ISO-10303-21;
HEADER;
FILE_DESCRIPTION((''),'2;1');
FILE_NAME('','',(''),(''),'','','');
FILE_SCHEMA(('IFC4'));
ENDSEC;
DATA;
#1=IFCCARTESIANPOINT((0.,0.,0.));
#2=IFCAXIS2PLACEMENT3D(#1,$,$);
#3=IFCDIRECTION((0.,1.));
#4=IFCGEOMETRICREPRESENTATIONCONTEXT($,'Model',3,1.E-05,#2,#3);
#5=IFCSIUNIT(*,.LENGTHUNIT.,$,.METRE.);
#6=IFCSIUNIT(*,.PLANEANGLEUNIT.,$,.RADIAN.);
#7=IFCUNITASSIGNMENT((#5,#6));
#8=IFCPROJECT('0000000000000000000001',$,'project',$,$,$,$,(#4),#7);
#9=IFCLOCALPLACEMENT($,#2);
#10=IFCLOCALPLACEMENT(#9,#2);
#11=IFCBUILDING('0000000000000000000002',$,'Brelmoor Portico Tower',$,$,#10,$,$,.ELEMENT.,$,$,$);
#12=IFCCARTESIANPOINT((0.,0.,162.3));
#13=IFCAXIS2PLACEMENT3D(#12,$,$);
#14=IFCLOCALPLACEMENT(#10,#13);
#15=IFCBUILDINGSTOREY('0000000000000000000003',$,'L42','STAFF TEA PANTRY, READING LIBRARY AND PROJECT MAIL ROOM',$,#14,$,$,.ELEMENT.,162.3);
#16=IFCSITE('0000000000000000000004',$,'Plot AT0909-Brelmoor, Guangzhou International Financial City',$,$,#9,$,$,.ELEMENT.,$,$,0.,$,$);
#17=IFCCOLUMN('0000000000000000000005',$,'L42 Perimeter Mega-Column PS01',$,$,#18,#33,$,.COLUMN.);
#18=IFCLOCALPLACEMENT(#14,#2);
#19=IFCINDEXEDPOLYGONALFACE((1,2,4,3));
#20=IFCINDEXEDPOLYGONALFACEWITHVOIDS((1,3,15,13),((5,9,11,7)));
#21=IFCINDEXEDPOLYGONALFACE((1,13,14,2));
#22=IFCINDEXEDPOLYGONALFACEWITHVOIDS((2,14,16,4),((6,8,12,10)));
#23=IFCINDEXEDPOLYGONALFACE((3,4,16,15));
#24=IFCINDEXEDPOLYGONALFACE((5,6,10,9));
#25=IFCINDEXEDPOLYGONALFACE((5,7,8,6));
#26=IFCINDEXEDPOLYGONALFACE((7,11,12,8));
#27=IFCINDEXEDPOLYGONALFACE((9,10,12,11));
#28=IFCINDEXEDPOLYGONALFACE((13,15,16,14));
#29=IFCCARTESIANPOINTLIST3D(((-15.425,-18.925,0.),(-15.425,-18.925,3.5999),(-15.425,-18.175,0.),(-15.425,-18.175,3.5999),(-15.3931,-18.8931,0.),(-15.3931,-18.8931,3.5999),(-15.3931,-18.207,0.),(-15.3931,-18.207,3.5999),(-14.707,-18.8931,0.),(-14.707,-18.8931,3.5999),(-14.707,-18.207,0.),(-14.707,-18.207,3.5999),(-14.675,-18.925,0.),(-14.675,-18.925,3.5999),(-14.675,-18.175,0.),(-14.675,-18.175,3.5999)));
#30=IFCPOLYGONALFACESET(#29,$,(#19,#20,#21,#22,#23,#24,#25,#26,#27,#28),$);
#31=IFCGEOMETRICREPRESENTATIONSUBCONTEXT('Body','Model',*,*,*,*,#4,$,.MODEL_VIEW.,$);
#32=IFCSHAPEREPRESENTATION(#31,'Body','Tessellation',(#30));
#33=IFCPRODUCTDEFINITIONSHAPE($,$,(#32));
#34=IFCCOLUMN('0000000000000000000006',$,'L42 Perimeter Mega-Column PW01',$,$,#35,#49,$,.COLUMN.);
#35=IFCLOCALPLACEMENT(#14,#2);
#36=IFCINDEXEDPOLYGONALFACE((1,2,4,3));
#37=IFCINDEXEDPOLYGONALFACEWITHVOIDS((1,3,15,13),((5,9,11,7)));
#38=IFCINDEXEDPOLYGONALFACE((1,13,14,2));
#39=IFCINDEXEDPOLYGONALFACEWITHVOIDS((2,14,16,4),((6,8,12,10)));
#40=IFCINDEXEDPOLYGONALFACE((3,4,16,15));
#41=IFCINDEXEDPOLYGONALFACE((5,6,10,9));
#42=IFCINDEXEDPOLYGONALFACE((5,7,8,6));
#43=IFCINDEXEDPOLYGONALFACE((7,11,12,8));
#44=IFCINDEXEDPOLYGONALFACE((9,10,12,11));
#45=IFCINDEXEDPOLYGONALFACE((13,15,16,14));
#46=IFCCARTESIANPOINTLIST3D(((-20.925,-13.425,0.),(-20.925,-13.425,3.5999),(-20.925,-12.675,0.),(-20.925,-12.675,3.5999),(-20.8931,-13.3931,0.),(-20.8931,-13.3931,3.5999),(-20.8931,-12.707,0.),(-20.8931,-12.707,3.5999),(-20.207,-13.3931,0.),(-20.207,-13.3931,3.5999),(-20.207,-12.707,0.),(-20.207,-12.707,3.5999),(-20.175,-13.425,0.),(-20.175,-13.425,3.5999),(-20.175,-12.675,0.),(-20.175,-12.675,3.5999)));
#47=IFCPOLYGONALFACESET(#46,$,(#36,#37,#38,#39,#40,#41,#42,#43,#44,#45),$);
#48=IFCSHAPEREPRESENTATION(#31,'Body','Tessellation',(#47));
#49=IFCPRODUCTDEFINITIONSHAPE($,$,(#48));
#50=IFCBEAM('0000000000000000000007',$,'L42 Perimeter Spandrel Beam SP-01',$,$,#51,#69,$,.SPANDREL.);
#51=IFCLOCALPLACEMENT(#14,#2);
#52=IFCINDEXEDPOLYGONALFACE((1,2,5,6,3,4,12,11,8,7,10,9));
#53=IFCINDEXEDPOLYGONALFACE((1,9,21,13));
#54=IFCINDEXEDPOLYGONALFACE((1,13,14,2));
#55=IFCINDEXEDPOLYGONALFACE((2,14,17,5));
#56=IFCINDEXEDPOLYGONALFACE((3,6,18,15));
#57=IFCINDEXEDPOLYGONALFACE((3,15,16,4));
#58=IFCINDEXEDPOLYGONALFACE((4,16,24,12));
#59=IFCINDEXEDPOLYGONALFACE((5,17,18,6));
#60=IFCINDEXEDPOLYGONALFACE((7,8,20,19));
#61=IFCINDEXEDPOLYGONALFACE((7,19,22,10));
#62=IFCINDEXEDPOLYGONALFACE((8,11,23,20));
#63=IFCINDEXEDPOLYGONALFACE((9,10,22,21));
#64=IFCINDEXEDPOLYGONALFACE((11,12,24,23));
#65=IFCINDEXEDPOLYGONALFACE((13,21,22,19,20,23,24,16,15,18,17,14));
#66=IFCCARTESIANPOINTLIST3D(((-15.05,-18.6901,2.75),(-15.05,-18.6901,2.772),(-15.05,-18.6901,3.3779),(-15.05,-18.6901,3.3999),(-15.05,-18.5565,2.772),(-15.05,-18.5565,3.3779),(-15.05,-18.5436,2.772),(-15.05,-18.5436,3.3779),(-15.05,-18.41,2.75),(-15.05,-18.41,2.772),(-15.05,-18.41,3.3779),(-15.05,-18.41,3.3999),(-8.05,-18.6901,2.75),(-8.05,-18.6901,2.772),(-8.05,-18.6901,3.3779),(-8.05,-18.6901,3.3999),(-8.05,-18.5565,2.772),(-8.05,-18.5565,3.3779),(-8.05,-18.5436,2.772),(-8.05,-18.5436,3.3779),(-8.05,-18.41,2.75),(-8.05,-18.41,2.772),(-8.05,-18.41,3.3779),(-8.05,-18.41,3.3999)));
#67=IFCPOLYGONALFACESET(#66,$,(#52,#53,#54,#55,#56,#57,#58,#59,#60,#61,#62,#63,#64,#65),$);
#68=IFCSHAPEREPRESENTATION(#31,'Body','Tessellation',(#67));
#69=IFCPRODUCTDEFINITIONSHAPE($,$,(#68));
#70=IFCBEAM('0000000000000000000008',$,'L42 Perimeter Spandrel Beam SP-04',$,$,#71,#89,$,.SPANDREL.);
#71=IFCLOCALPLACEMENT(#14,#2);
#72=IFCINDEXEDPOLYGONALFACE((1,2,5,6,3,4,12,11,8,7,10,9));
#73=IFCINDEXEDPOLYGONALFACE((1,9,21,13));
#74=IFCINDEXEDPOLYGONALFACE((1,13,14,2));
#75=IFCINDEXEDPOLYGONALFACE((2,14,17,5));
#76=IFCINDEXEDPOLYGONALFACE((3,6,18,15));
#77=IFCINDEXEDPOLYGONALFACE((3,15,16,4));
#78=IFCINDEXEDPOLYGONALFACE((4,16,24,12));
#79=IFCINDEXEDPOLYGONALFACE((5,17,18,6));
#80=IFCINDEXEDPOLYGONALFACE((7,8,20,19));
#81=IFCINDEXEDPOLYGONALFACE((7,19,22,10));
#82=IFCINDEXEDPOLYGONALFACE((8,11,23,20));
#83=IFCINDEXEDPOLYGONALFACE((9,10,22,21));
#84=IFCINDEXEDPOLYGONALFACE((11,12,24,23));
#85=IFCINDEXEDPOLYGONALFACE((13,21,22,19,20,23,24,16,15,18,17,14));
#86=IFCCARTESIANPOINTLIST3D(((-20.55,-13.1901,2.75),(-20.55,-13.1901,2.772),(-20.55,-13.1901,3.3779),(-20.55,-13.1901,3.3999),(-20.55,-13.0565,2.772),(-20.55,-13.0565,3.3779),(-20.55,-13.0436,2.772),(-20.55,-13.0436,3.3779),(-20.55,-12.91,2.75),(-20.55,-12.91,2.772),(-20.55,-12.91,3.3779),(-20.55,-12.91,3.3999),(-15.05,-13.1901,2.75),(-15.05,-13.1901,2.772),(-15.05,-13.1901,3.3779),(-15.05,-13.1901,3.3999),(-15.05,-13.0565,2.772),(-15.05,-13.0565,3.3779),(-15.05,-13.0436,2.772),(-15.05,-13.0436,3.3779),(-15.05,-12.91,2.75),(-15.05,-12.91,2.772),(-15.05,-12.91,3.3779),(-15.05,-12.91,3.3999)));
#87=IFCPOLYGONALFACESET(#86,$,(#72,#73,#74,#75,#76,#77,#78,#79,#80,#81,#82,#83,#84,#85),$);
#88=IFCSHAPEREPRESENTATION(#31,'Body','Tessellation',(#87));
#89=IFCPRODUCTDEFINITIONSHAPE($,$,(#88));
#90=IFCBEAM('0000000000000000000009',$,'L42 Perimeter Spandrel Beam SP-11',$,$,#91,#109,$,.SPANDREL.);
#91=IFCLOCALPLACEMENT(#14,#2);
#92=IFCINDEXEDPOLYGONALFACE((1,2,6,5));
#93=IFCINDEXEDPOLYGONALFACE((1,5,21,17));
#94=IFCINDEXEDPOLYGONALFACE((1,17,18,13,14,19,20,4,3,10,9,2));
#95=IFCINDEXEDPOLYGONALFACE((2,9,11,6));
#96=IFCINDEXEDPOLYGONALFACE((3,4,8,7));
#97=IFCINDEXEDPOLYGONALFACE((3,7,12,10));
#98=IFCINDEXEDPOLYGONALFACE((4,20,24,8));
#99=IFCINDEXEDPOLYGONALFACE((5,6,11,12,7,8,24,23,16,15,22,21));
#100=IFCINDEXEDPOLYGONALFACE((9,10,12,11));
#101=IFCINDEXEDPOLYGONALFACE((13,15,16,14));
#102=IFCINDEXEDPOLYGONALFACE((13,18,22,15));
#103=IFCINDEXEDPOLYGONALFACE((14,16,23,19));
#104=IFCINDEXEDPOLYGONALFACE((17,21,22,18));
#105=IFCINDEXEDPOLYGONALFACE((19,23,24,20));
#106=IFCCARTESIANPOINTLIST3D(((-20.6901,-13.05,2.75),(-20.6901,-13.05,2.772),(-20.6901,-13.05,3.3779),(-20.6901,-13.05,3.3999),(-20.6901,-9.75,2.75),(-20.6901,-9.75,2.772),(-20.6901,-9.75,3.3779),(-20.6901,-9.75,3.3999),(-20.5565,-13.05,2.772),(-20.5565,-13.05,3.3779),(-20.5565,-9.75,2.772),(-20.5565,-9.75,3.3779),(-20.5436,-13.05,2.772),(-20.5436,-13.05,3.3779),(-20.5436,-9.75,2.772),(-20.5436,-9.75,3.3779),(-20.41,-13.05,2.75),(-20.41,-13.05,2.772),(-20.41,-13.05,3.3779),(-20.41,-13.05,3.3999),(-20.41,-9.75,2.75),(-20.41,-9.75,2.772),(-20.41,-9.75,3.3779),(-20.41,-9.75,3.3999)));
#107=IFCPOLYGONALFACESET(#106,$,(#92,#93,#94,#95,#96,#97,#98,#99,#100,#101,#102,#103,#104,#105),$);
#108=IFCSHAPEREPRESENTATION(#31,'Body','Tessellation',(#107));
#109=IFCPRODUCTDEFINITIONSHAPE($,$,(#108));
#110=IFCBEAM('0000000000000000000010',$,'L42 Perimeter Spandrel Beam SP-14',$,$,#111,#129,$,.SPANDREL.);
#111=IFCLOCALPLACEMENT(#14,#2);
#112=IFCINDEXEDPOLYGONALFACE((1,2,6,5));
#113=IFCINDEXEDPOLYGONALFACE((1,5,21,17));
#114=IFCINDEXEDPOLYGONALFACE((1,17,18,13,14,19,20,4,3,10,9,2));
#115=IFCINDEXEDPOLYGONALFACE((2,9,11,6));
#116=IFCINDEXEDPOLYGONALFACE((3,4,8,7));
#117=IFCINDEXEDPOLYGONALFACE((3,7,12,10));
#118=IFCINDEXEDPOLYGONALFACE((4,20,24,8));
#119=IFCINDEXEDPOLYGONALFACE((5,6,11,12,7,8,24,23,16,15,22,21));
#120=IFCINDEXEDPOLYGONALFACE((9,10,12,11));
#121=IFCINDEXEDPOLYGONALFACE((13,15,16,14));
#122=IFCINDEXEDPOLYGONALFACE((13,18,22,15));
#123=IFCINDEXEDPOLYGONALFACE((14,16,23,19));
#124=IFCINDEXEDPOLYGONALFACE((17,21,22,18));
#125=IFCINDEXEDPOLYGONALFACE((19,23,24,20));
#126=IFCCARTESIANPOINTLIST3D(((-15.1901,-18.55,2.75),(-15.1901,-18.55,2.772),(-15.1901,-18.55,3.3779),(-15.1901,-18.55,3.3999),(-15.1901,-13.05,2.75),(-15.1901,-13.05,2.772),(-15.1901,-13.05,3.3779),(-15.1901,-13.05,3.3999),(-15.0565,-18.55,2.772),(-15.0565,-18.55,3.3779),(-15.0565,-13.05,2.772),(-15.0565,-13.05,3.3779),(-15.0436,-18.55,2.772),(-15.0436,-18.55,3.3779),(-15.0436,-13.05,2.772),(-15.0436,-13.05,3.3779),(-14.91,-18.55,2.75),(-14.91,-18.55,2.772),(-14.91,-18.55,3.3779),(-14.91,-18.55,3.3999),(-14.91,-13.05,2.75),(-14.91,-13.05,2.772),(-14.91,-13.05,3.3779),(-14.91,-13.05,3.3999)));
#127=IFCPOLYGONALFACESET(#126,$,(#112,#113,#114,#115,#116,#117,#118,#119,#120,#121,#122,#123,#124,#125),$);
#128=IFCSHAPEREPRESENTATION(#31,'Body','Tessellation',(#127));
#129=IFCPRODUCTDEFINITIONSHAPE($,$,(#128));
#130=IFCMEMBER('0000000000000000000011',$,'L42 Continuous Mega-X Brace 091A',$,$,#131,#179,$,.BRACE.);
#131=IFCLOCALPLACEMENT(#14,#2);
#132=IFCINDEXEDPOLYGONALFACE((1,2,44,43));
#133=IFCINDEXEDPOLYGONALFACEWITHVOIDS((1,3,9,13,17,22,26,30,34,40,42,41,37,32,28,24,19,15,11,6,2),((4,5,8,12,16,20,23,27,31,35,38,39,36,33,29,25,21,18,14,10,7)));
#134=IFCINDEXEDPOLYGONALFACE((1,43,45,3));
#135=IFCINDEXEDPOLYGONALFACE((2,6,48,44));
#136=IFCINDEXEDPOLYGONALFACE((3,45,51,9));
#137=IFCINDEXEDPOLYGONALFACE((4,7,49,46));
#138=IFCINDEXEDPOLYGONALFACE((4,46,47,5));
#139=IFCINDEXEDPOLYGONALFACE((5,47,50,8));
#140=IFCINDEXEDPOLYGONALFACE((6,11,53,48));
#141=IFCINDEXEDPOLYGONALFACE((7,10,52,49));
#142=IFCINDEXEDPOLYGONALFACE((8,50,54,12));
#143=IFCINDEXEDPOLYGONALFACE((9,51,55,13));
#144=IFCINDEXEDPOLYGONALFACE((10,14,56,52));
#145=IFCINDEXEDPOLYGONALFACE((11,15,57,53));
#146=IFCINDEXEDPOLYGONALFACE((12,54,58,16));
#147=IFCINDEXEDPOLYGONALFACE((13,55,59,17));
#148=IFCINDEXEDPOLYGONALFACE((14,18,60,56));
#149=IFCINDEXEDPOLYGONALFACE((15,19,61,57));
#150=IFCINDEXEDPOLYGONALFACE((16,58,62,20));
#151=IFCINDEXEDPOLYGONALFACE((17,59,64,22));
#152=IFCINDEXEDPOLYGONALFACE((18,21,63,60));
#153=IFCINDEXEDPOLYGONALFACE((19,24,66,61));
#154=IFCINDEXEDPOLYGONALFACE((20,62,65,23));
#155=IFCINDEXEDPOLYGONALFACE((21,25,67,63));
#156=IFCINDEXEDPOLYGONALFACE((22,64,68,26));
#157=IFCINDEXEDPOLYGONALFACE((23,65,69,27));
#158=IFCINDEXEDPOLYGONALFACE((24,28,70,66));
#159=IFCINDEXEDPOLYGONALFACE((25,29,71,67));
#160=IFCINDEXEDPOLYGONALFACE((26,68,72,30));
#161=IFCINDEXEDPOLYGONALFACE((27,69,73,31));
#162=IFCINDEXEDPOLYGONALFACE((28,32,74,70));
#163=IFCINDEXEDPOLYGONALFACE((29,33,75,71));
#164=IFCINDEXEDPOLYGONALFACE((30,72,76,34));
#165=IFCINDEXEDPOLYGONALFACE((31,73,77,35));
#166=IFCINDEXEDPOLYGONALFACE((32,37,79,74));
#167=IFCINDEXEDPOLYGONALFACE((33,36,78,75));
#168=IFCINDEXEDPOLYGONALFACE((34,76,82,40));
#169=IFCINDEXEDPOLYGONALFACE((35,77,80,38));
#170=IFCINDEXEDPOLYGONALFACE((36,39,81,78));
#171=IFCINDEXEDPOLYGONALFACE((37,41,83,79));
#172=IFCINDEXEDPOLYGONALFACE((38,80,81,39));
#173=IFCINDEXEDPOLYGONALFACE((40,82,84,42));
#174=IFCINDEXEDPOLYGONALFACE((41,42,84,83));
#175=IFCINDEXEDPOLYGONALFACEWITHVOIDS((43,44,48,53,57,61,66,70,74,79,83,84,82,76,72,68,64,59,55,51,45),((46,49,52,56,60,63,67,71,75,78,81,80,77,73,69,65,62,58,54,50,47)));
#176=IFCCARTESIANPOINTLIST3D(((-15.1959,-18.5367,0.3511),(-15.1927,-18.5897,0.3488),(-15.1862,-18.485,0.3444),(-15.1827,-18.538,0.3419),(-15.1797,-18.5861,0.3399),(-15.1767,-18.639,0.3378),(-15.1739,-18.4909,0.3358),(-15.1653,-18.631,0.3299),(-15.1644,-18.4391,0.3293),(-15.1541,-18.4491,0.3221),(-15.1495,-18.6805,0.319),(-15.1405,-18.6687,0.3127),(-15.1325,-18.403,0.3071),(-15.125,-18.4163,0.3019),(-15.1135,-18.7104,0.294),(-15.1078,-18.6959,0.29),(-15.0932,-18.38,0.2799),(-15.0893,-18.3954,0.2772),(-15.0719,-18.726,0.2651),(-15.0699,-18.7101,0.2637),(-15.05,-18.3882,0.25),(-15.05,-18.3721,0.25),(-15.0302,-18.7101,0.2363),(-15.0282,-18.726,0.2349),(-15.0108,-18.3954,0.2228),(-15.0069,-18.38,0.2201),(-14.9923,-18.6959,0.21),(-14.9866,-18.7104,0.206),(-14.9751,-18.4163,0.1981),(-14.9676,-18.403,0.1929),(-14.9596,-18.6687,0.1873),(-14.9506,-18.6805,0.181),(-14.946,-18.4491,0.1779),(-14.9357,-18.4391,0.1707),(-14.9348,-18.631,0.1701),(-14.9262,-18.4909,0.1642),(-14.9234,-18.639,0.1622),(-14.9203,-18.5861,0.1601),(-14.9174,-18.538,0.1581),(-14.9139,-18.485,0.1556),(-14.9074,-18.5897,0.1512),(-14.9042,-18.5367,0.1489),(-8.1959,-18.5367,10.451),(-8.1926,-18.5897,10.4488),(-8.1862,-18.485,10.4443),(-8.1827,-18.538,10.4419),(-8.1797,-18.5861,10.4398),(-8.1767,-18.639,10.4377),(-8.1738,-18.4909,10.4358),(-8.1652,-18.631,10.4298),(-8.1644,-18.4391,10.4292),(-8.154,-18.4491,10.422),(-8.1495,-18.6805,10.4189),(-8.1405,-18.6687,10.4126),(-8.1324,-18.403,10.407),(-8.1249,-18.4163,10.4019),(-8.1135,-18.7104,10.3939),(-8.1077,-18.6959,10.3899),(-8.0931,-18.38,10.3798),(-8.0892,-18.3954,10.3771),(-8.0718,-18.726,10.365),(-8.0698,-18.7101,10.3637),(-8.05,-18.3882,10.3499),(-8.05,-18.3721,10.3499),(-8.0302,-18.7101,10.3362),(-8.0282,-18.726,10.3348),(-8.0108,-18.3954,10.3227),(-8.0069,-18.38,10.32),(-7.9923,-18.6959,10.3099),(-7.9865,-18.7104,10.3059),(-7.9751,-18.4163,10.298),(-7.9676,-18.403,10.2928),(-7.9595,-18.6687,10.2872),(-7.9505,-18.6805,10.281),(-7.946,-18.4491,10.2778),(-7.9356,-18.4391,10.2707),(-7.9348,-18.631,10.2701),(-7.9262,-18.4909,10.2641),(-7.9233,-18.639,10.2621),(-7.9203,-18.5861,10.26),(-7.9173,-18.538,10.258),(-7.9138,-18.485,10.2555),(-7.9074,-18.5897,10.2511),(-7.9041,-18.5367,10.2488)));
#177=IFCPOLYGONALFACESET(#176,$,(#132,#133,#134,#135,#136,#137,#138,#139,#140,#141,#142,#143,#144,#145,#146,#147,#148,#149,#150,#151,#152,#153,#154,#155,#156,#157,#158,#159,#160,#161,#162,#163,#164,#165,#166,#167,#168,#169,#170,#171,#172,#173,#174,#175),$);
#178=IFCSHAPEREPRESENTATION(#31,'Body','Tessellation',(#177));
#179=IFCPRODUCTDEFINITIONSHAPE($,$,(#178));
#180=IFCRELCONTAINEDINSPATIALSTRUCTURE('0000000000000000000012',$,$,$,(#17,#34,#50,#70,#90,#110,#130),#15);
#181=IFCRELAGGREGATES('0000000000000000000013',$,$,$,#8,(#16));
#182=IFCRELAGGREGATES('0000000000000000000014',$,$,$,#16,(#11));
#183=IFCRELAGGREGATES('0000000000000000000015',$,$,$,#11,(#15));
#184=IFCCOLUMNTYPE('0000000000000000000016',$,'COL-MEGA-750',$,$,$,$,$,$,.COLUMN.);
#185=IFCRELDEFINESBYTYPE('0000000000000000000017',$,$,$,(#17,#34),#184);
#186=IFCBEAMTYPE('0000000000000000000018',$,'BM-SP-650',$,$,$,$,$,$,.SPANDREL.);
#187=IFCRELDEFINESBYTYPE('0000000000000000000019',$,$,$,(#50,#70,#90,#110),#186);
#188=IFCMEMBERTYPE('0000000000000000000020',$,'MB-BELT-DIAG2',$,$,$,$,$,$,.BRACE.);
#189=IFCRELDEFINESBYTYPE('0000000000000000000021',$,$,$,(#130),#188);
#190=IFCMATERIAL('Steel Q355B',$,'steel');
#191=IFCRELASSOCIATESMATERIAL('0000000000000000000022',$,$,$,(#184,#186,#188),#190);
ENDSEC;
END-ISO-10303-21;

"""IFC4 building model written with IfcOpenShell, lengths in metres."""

from ifc_helpers import new_model, si_unit, direction, frame, origin, origin_2d, place, context, subcontext, project, spatial, hollow_rectangle, hollow_circle, i_section, extrude, material, material_profile, profile_set, type_object, element, save


model = new_model("IFC4")

# Units and contexts
model_context = context("Model", 3, precision=1e-05, world=origin(), true_north=direction((0.0, 1.0)))
body_context = subcontext(model_context, "Body", "Model", "MODEL_VIEW")
ifc_project = project(units=[si_unit("LENGTHUNIT", "METRE"), si_unit("PLANEANGLEUNIT", "RADIAN")], contexts=[model_context])

# Site, building, storey
site_placement = place(None, origin())
site = spatial("IfcSite", under=ifc_project, at=site_placement, Name="Plot AT0909-Brelmoor, Guangzhou International Financial City", CompositionType="ELEMENT", RefElevation=0.0)
building_placement = place(site_placement, origin())
building = spatial("IfcBuilding", under=site, at=building_placement, Name="Brelmoor Portico Tower", CompositionType="ELEMENT")
storey_placement = place(building_placement, frame((0.0, 0.0, 162.3)))
storey = spatial("IfcBuildingStorey", under=building, at=storey_placement, Name="L42", Description="STAFF TEA PANTRY, READING LIBRARY AND PROJECT MAIL ROOM", CompositionType="ELEMENT", Elevation=162.3)

# Columns
ifc_material_1 = material(Name="Steel Q355B", Category="steel")
ifc_material_profile_1 = material_profile(ifc_material_1, hollow_rectangle(XDim=0.75, YDim=0.75, WallThickness=0.032, at=origin_2d()), Name="BOX 750x750x32")
ifc_profile_set_1 = profile_set([ifc_material_profile_1], Name="Steel Q355B")
column_type = type_object("IfcColumnType", Name="COL-MEGA-750", PredefinedType="COLUMN", material=ifc_profile_set_1)
for number, where, z_axis, x_axis, name in (
    (1, (-15.05, -18.55, 0.0), (0.0, 0.0, 1.0), (1.0, 0.0, 0.0), "L42 Perimeter Mega-Column PS01"),
    (2, (-20.55, -13.05, 0.0), (0.0, 0.0, 1.0), (0.0, 1.0, 0.0), "L42 Perimeter Mega-Column PW01"),
):
    element("IfcColumn", number, at=place(storey_placement, frame(where, z_axis=z_axis, x_axis=x_axis)), inside=storey, type_object=column_type, Name=name, PredefinedType="COLUMN", context=body_context, shape_type="SweptSolid", body=[
        extrude(hollow_rectangle(XDim=0.75, YDim=0.75, WallThickness=0.032, at=origin_2d()), origin(), (0.0, 0.0, 1.0), 3.5999),
    ])

# Beams
ifc_material_profile_2 = material_profile(ifc_material_1, i_section(OverallWidth=0.28, OverallDepth=0.6499, WebThickness=0.0129, FlangeThickness=0.022, at=origin_2d()), Name="HN 650x280x13x22")
ifc_profile_set_2 = profile_set([ifc_material_profile_2], Name="Steel Q355B")
beam_type = type_object("IfcBeamType", Name="BM-SP-650", PredefinedType="SPANDREL", material=ifc_profile_set_2)
beam_1_placement = place(storey_placement, frame((-15.05, -18.55, 3.075), z_axis=(1.0, 0.0, 0.0), x_axis=(0.0, 1.0, 0.0)))
element("IfcBeam", 3, at=beam_1_placement, inside=storey, type_object=beam_type, Name="L42 Perimeter Spandrel Beam SP-01", PredefinedType="SPANDREL", context=body_context, shape_type="SweptSolid", body=[
    extrude(i_section(OverallWidth=0.28, OverallDepth=0.6499, WebThickness=0.0129, FlangeThickness=0.022, at=origin_2d()), origin(), (0.0, 0.0, 1.0), 7.0),
])
beam_2_placement = place(storey_placement, frame((-20.55, -13.05, 3.075), z_axis=(1.0, 0.0, 0.0), x_axis=(0.0, 1.0, 0.0)))
element("IfcBeam", 4, at=beam_2_placement, inside=storey, type_object=beam_type, Name="L42 Perimeter Spandrel Beam SP-04", PredefinedType="SPANDREL", context=body_context, shape_type="SweptSolid", body=[
    extrude(i_section(OverallWidth=0.28, OverallDepth=0.6499, WebThickness=0.0129, FlangeThickness=0.022, at=origin_2d()), origin(), (0.0, 0.0, 1.0), 5.5),
])
beam_3_placement = place(storey_placement, frame((-20.55, -13.05, 3.075), z_axis=(0.0, 1.0, 0.0), x_axis=(-1.0, 0.0, 0.0)))
element("IfcBeam", 5, at=beam_3_placement, inside=storey, type_object=beam_type, Name="L42 Perimeter Spandrel Beam SP-11", PredefinedType="SPANDREL", context=body_context, shape_type="SweptSolid", body=[
    extrude(i_section(OverallWidth=0.28, OverallDepth=0.6499, WebThickness=0.0129, FlangeThickness=0.022, at=origin_2d()), origin(), (0.0, 0.0, 1.0), 3.3),
])
beam_4_placement = place(storey_placement, frame((-15.05, -18.55, 3.075), z_axis=(0.0, 1.0, 0.0), x_axis=(-1.0, 0.0, 0.0)))
element("IfcBeam", 6, at=beam_4_placement, inside=storey, type_object=beam_type, Name="L42 Perimeter Spandrel Beam SP-14", PredefinedType="SPANDREL", context=body_context, shape_type="SweptSolid", body=[
    extrude(i_section(OverallWidth=0.28, OverallDepth=0.6499, WebThickness=0.0129, FlangeThickness=0.022, at=origin_2d()), origin(), (0.0, 0.0, 1.0), 5.5),
])

# Member
ifc_material_profile_3 = material_profile(ifc_material_1, hollow_circle(Radius=0.178, WallThickness=0.0161, at=origin_2d()), Name="CHS 356x16")
ifc_profile_set_3 = profile_set([ifc_material_profile_3], Name="Steel Q355B")
member_type_1 = type_object("IfcMemberType", Name="MB-BELT-DIAG2", PredefinedType="BRACE", material=ifc_profile_set_3)
member_1_placement = place(storey_placement, frame((-15.05, -18.55, 0.25), z_axis=(0.569639, 0.0, 0.821895), x_axis=(0.0, 1.0, 0.0)))
element("IfcMember", 7, at=member_1_placement, inside=storey, type_object=member_type_1, Name="L42 Continuous Mega-X Brace 091A", PredefinedType="BRACE", context=body_context, shape_type="SweptSolid", body=[
    extrude(hollow_circle(Radius=0.178, WallThickness=0.0161, at=origin_2d()), origin(), (0.0, 0.0, 1.0), 12.2886),
])

save(model, "model.ifc")
